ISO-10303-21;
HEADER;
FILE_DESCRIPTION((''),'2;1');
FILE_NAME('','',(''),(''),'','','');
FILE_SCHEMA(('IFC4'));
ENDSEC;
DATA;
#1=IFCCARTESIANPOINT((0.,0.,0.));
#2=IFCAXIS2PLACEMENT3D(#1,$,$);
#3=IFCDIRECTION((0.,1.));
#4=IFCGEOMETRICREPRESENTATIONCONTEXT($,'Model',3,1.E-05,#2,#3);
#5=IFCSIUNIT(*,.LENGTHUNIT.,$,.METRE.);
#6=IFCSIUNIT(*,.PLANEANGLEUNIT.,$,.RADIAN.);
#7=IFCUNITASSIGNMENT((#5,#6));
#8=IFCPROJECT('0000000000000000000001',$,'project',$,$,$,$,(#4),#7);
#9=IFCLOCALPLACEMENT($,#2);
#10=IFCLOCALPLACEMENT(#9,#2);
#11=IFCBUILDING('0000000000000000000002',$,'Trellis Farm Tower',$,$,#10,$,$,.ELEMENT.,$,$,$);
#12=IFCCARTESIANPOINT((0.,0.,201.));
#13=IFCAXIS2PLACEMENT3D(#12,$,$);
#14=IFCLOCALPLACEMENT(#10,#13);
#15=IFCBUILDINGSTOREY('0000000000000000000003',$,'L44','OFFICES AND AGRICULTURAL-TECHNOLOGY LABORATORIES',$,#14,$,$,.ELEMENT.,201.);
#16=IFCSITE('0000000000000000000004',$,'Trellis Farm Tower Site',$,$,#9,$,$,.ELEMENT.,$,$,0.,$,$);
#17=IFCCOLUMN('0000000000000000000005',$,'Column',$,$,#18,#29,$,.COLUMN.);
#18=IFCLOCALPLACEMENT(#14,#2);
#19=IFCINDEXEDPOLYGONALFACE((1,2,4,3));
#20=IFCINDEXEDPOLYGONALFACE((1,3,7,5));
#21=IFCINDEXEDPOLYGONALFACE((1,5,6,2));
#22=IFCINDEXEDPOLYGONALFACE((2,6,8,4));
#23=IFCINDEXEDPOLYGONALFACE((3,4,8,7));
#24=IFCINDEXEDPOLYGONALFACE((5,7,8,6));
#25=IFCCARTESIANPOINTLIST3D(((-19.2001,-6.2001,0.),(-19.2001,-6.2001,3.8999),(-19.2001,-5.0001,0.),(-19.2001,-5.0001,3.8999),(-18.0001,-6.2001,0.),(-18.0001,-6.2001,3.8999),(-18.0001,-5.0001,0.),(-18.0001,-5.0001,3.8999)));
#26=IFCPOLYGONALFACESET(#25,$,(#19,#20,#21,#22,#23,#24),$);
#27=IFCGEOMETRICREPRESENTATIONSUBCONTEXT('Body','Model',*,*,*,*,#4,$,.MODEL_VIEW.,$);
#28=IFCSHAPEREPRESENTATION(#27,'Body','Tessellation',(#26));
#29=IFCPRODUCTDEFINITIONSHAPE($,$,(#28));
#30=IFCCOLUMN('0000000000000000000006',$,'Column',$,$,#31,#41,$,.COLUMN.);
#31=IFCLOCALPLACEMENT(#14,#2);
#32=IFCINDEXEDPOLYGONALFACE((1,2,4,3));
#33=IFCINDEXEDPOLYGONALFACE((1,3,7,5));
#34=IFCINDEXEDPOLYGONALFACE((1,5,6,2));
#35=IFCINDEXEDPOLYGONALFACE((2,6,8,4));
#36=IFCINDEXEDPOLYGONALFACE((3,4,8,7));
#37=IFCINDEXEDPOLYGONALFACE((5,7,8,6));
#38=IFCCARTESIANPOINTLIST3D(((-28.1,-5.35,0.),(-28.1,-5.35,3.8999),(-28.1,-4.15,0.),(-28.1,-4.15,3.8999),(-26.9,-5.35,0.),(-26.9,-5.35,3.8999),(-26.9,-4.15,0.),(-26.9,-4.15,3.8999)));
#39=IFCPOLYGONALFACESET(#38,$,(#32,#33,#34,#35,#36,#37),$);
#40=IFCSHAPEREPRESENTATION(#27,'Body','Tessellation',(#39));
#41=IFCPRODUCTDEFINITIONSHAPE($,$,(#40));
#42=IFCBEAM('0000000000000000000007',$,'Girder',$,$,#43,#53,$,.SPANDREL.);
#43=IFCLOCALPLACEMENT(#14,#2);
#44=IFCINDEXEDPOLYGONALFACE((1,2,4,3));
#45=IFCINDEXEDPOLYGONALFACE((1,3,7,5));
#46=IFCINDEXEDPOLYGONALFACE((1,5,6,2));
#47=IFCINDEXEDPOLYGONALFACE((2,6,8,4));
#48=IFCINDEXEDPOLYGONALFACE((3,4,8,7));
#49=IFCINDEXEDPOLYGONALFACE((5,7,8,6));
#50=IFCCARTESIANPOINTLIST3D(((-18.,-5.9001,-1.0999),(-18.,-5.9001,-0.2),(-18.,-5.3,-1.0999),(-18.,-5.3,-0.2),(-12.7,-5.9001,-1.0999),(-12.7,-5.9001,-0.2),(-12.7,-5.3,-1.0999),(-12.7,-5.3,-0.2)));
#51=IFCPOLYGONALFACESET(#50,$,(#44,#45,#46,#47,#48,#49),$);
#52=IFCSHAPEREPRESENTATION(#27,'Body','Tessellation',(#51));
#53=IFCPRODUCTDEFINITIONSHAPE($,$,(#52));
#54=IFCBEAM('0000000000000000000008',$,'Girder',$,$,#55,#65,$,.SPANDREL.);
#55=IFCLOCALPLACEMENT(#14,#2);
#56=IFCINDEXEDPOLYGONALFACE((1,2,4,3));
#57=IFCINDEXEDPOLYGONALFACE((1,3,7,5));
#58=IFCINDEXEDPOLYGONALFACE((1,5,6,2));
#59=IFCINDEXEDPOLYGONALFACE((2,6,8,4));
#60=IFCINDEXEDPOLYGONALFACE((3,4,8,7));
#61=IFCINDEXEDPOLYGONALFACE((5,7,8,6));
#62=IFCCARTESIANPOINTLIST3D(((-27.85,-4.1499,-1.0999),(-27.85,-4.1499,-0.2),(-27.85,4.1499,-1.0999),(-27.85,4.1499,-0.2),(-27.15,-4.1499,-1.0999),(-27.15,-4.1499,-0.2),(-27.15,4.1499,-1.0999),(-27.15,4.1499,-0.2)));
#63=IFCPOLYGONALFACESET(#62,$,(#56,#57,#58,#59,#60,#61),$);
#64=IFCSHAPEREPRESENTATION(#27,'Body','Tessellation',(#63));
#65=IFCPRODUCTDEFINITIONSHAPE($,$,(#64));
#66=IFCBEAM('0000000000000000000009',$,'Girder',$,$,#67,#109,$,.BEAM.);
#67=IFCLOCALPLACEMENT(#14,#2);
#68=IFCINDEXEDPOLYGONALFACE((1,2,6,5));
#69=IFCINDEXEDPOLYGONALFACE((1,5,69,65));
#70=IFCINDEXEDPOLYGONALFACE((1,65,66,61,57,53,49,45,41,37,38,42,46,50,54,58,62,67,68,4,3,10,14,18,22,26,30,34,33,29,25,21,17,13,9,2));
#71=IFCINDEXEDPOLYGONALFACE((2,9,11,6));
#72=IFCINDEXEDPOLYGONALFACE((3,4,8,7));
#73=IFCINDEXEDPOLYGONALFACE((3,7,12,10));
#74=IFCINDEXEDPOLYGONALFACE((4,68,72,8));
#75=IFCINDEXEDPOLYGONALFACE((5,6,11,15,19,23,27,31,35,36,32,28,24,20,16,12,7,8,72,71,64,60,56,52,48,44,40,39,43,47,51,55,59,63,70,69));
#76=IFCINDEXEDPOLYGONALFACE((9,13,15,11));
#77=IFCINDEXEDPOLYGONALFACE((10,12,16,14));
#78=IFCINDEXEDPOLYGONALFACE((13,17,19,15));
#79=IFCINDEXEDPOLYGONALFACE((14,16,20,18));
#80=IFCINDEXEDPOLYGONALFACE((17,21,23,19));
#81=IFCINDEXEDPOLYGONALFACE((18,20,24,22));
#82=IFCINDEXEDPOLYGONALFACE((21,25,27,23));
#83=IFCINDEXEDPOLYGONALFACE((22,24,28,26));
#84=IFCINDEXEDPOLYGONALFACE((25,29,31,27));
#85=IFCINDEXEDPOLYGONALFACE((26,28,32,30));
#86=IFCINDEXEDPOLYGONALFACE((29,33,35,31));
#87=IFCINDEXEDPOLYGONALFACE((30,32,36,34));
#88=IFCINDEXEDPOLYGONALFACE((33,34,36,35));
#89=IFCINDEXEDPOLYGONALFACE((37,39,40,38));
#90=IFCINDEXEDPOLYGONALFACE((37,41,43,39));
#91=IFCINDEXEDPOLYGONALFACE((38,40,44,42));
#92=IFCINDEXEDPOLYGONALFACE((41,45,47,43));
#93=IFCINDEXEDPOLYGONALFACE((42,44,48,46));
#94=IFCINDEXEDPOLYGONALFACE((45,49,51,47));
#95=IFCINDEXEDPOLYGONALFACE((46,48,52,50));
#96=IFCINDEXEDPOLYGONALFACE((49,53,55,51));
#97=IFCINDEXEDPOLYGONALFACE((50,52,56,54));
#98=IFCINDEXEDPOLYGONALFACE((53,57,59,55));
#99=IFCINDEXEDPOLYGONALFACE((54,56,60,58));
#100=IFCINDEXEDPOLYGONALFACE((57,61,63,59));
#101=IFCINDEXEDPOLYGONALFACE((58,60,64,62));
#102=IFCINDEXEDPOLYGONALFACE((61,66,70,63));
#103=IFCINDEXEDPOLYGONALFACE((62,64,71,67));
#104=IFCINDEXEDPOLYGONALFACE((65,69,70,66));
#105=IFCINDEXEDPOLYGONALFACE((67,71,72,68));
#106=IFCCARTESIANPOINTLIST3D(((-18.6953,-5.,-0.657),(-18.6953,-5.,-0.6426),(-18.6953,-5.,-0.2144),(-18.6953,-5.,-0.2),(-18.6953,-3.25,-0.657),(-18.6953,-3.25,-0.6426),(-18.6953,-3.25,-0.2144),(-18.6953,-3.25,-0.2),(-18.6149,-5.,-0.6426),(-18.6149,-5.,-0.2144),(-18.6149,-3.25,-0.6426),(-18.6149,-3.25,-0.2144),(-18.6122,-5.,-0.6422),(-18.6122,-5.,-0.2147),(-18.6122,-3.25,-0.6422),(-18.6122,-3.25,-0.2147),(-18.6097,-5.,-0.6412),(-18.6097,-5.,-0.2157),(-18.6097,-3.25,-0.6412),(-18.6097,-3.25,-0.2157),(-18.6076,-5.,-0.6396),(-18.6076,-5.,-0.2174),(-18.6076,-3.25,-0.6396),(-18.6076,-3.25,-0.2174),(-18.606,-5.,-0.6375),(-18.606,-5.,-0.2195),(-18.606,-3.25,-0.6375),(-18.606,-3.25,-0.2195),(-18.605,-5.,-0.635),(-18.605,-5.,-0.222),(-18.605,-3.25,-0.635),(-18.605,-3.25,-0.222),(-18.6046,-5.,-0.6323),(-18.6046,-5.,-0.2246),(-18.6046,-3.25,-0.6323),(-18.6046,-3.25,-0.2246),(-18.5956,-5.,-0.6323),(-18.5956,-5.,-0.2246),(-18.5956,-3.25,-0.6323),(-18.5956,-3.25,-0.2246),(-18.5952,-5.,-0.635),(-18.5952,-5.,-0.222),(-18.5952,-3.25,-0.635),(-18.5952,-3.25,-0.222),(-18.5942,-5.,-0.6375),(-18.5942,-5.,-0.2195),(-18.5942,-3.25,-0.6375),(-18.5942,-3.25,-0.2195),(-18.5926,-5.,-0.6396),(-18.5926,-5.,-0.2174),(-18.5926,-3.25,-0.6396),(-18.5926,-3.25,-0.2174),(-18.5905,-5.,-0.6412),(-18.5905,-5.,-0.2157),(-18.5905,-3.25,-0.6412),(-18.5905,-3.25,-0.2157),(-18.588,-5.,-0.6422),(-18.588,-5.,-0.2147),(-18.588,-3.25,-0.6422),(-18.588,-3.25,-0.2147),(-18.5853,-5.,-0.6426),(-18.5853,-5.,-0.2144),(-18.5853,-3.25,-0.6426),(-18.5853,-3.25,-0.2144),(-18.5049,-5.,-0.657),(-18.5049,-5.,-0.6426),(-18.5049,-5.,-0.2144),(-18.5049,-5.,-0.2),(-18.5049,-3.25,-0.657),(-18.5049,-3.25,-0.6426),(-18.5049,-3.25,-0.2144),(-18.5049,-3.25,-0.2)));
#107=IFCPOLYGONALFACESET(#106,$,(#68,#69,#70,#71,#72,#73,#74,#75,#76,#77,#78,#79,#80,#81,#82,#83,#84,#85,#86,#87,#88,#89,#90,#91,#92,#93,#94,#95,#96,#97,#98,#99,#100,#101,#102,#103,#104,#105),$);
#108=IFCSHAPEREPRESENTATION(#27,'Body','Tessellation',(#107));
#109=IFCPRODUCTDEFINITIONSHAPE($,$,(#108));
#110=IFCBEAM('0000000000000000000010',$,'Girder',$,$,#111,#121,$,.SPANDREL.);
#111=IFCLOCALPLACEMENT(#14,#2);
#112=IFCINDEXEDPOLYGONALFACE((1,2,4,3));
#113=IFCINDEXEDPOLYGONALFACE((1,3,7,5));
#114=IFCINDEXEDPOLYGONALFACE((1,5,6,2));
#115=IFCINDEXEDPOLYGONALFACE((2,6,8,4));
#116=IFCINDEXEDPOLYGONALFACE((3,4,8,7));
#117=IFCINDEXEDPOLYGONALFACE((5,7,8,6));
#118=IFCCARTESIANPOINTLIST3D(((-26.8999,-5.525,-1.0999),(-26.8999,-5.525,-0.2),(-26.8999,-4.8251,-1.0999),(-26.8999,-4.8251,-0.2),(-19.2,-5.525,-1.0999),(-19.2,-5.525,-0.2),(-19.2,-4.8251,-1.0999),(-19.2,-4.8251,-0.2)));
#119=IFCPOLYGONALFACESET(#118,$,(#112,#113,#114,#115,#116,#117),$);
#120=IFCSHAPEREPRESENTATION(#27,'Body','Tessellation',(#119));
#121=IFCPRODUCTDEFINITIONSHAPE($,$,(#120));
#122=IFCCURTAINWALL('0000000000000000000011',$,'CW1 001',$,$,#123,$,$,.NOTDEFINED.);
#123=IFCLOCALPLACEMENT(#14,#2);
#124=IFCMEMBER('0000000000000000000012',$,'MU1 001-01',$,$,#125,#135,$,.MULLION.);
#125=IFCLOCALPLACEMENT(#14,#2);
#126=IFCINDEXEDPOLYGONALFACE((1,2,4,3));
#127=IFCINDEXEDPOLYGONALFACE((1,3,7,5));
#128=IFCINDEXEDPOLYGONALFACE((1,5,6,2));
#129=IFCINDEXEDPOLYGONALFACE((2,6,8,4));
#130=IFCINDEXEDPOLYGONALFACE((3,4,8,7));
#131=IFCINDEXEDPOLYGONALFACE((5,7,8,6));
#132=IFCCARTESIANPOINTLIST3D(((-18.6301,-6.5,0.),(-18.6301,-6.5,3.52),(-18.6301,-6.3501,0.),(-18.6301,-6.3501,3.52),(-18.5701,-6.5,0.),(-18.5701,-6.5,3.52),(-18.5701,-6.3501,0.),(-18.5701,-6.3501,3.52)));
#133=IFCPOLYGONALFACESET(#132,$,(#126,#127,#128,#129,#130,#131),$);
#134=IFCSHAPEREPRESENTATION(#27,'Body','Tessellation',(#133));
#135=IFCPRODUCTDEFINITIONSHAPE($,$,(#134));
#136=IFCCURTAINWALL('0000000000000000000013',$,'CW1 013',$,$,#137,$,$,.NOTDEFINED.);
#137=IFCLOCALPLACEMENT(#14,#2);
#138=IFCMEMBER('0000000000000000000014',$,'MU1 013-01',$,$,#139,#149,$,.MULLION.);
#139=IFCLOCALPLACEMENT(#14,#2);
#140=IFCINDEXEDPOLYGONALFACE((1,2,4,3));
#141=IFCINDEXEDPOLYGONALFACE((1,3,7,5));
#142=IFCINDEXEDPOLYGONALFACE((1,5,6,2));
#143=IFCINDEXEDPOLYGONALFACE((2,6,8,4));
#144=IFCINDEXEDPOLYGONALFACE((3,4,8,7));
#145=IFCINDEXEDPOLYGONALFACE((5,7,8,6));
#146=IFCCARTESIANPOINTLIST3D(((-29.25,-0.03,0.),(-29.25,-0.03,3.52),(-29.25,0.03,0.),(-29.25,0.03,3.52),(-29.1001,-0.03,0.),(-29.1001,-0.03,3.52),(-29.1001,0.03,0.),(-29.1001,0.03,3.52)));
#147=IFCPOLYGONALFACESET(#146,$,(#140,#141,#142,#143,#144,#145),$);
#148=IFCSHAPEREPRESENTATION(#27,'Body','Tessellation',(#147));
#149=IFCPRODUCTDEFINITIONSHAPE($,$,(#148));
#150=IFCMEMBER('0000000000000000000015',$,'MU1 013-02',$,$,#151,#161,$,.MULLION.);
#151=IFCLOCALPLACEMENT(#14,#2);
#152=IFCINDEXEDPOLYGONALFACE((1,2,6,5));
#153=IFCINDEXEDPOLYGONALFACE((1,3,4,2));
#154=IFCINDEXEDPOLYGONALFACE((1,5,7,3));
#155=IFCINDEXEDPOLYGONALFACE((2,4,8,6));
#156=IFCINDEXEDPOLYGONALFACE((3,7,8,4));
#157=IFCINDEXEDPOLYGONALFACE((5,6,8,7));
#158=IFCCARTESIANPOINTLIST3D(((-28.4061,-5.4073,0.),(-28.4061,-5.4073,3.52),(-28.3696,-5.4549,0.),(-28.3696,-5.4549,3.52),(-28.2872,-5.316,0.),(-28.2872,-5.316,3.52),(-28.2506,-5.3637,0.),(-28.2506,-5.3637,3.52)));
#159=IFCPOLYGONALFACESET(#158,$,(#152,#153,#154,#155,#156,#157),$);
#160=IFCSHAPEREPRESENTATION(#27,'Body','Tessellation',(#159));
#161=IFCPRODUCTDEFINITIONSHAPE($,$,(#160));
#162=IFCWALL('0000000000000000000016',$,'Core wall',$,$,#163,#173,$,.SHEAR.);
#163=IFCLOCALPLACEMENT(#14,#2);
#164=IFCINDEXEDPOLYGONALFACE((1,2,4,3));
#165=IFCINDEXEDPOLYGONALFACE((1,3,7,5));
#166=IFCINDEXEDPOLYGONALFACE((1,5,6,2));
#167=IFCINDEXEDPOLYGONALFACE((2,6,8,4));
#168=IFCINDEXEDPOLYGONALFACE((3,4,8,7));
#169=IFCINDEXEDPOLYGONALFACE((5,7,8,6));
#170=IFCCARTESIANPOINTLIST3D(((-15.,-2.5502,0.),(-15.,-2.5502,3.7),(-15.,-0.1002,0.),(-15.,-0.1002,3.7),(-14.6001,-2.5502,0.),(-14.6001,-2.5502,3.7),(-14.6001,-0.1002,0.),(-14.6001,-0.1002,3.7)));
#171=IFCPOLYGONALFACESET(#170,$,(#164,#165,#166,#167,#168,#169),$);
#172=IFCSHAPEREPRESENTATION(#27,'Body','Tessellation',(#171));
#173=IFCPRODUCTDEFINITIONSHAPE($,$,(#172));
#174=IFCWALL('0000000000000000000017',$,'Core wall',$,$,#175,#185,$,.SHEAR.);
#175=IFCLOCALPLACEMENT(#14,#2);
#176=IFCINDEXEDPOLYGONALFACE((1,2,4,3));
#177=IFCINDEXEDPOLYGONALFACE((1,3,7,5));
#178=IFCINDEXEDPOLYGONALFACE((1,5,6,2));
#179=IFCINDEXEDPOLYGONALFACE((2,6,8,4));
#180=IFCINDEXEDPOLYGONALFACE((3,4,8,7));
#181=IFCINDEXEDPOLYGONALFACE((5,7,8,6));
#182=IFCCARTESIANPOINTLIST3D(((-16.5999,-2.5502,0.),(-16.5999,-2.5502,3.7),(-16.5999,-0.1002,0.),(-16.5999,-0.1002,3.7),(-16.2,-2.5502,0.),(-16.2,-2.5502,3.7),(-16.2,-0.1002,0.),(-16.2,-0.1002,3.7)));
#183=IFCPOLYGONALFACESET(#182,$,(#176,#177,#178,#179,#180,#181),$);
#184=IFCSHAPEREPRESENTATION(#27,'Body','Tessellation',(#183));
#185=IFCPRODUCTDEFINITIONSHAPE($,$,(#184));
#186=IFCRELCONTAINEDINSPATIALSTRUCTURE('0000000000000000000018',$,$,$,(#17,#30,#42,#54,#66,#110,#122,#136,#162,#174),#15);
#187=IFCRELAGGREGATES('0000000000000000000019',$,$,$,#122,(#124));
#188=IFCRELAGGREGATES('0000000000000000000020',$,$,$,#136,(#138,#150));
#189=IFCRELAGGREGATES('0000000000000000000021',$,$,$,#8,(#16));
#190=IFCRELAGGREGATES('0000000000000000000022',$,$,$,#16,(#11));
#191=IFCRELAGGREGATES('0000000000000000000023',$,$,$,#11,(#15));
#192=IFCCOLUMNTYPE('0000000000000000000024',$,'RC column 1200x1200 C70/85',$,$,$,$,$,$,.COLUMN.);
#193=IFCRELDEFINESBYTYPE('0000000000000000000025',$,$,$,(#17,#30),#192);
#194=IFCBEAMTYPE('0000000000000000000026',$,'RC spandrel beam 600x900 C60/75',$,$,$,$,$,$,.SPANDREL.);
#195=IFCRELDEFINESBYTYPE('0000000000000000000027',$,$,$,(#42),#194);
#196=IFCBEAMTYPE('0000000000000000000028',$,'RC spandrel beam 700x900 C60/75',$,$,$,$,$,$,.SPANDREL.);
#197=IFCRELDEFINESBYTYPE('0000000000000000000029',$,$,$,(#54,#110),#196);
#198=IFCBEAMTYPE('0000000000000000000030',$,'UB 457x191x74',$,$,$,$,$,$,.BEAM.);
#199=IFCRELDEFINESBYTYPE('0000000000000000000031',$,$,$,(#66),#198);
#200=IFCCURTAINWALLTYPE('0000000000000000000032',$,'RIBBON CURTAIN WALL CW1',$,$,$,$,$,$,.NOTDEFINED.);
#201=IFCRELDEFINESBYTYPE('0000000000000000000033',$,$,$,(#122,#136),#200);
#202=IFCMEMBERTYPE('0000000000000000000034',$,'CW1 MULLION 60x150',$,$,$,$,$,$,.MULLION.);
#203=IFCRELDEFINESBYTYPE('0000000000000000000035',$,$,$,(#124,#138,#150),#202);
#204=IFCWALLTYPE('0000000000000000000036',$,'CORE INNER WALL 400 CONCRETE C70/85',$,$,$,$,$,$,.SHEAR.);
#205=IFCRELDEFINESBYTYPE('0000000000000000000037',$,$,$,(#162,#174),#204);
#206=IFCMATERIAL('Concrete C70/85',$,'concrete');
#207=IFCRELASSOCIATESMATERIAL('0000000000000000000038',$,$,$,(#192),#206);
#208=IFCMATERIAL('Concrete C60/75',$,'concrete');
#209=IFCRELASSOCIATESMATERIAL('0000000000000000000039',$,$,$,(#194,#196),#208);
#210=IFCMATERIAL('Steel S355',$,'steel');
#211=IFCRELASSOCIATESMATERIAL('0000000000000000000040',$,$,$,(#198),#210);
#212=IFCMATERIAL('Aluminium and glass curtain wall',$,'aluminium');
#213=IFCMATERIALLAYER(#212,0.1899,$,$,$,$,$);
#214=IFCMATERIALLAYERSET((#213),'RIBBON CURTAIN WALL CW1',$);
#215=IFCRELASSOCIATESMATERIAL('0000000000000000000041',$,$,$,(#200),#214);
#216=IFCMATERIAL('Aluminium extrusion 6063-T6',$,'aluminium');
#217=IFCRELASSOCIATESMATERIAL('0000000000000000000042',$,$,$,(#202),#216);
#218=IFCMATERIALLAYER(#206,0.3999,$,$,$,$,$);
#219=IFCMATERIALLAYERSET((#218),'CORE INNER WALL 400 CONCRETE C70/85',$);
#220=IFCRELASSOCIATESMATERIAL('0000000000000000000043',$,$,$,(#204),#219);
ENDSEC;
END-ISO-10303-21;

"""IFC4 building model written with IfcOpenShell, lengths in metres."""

from ifc_helpers import new_model, si_unit, direction, frame, frame_2d, origin, origin_2d, place, context, subcontext, project, spatial, rectangle, i_section, extrude, source, transform, mapped, material, layer, layer_set, material_profile, profile_set, type_object, element, aggregate, save


model = new_model("IFC4")

# Units and contexts
model_context = context("Model", 3, precision=1e-05, world=origin(), true_north=direction((0.0, 1.0)))
body_context = subcontext(model_context, "Body", "Model", "MODEL_VIEW")
ifc_project = project(units=[si_unit("LENGTHUNIT", "METRE"), si_unit("PLANEANGLEUNIT", "RADIAN")], contexts=[model_context])

# Site, building, storey
site_placement = place(None, origin())
site = spatial("IfcSite", under=ifc_project, at=site_placement, Name="Trellis Farm Tower Site", CompositionType="ELEMENT", RefElevation=0.0)
building_placement = place(site_placement, origin())
building = spatial("IfcBuilding", under=site, at=building_placement, Name="Trellis Farm Tower", CompositionType="ELEMENT")
storey_placement = place(building_placement, frame((0.0, 0.0, 201.0)))
storey = spatial("IfcBuildingStorey", under=building, at=storey_placement, Name="L44", Description="OFFICES AND AGRICULTURAL-TECHNOLOGY LABORATORIES", CompositionType="ELEMENT", Elevation=201.0)

# Columns
ifc_material_1 = material(Name="Concrete C70/85", Category="concrete")
ifc_material_profile_1 = material_profile(ifc_material_1, rectangle(XDim=1.2, YDim=1.2, at=origin_2d()), Name="RC column 1200x1200 C70/85")
ifc_profile_set_1 = profile_set([ifc_material_profile_1], Name="Concrete C70/85")
column_type = type_object("IfcColumnType", Name="RC column 1200x1200 C70/85", PredefinedType="COLUMN", material=ifc_profile_set_1)
shared_shape_1 = source(origin(), body_context, "Body", "SweptSolid", [
    extrude(rectangle(XDim=1.2, YDim=1.2, at=origin_2d()), origin(), (0.0, 0.0, 1.0), 3.8999),
])
for number, where, z_axis, x_axis, name in (
    (1, (-18.6001, -5.6001, 0.0), (0.0, 0.0, 1.0), (1.0, 0.0, 0.0), "Column"),
    (2, (-27.5, -4.75, 0.0), (0.0, 0.0, 1.0), (1.0, 0.0, 0.0), "Column"),
):
    element("IfcColumn", number, at=place(storey_placement, frame(where, z_axis=z_axis, x_axis=x_axis)), inside=storey, type_object=column_type, Name=name, PredefinedType="COLUMN", context=body_context, shape_type="MappedRepresentation", body=[
        mapped(shared_shape_1, transform((0.0, 0.0, 0.0))),
    ])

# Beams
ifc_material_2 = material(Name="Concrete C60/75", Category="concrete")
ifc_material_profile_2 = material_profile(ifc_material_2, rectangle(XDim=0.6001, YDim=0.8999, at=origin_2d()), Name="RC spandrel beam 600x900 C60/75")
ifc_profile_set_2 = profile_set([ifc_material_profile_2], Name="Concrete C60/75")
beam_type_1 = type_object("IfcBeamType", Name="RC spandrel beam 600x900 C60/75", PredefinedType="SPANDREL", material=ifc_profile_set_2)
shared_shape_2 = source(origin(), body_context, "Body", "SweptSolid", [
    extrude(rectangle(XDim=0.6001, YDim=0.8999, at=origin_2d()), origin(), (0.0, 0.0, 1.0), 5.3),
])
beam_1_placement = place(storey_placement, frame((-18.0, -5.6001, -0.6499), z_axis=(1.0, 0.0, 0.0), x_axis=(0.0, 1.0, 0.0)))
element("IfcBeam", 3, at=beam_1_placement, inside=storey, type_object=beam_type_1, Name="Girder", PredefinedType="SPANDREL", context=body_context, shape_type="MappedRepresentation", body=[
    mapped(shared_shape_2, transform((0.0, 0.0, 0.0))),
])
ifc_material_profile_3 = material_profile(ifc_material_2, rectangle(XDim=0.7, YDim=0.8999, at=origin_2d()), Name="RC spandrel beam 700x900 C60/75")
ifc_profile_set_3 = profile_set([ifc_material_profile_3], Name="Concrete C60/75")
beam_type_2 = type_object("IfcBeamType", Name="RC spandrel beam 700x900 C60/75", PredefinedType="SPANDREL", material=ifc_profile_set_3)
shared_shape_3 = source(origin(), body_context, "Body", "SweptSolid", [
    extrude(rectangle(XDim=0.7, YDim=0.8999, at=origin_2d()), origin(), (0.0, 0.0, 1.0), 8.2998),
])
beam_2_placement = place(storey_placement, frame((-27.5, -4.1499, -0.6499), z_axis=(0.0, 1.0, 0.0), x_axis=(-1.0, 0.0, 0.0)))
element("IfcBeam", 4, at=beam_2_placement, inside=storey, type_object=beam_type_2, Name="Girder", PredefinedType="SPANDREL", context=body_context, shape_type="MappedRepresentation", body=[
    mapped(shared_shape_3, transform((0.0, 0.0, 0.0))),
])
ifc_material_3 = material(Name="Steel S355", Category="steel")
ifc_material_profile_4 = material_profile(ifc_material_3, i_section(OverallWidth=0.1904, OverallDepth=0.457, WebThickness=0.009, FlangeThickness=0.0144, FilletRadius=0.0103, at=origin_2d()), Name="UB 457x191x74")
ifc_profile_set_4 = profile_set([ifc_material_profile_4], Name="Steel S355")
beam_type_3 = type_object("IfcBeamType", Name="UB 457x191x74", PredefinedType="BEAM", material=ifc_profile_set_4)
shared_shape_4 = source(origin(), body_context, "Body", "SweptSolid", [
    extrude(i_section(OverallWidth=0.1904, OverallDepth=0.457, WebThickness=0.009, FlangeThickness=0.0144, FilletRadius=0.0103, at=origin_2d()), origin(), (0.0, 0.0, 1.0), 1.75),
])
beam_3_placement = place(storey_placement, frame((-18.6001, -5.0, -0.4285), z_axis=(0.0, 1.0, 0.0), x_axis=(-1.0, 0.0, 0.0)))
element("IfcBeam", 5, at=beam_3_placement, inside=storey, type_object=beam_type_3, Name="Girder", PredefinedType="BEAM", context=body_context, shape_type="MappedRepresentation", body=[
    mapped(shared_shape_4, transform((0.0, 0.0, 0.0))),
])
shared_shape_5 = source(origin(), body_context, "Body", "SweptSolid", [
    extrude(rectangle(XDim=0.7, YDim=0.8999, at=origin_2d()), origin(), (0.0, 0.0, 1.0), 7.7),
])
beam_4_placement = place(storey_placement, frame((-26.8999, -5.175, -0.6499), z_axis=(1.0, 0.0, 0.0), x_axis=(0.0, 1.0, 0.0)))
element("IfcBeam", 6, at=beam_4_placement, inside=storey, type_object=beam_type_2, Name="Girder", PredefinedType="SPANDREL", context=body_context, shape_type="MappedRepresentation", body=[
    mapped(shared_shape_5, transform((0.0, 0.0, 0.0))),
])

# Curtain wall, member
ifc_material_4 = material(Name="Aluminium and glass curtain wall", Category="aluminium")
ifc_layer_1 = layer(ifc_material_4, 0.1899)
ifc_layer_set_1 = layer_set([ifc_layer_1], Name="RIBBON CURTAIN WALL CW1")
curtain_wall_type = type_object("IfcCurtainWallType", Name="RIBBON CURTAIN WALL CW1", PredefinedType="NOTDEFINED", material=ifc_layer_set_1)
placement = place(storey_placement, origin())
curtain_wall_1 = element("IfcCurtainWall", 7, at=placement, inside=storey, type_object=curtain_wall_type, Name="CW1 001", PredefinedType="NOTDEFINED")
ifc_material_5 = material(Name="Aluminium extrusion 6063-T6", Category="aluminium")
ifc_material_profile_5 = material_profile(ifc_material_5, rectangle(XDim=0.0601, YDim=0.1499, at=origin_2d()), Name="MULLION 60x150")
ifc_profile_set_5 = profile_set([ifc_material_profile_5], Name="Aluminium extrusion 6063-T6")
member_type = type_object("IfcMemberType", Name="CW1 MULLION 60x150", PredefinedType="MULLION", material=ifc_profile_set_5)
shared_shape_6 = source(origin(), body_context, "Body", "SweptSolid", [
    extrude(rectangle(XDim=0.0601, YDim=0.1499, at=origin_2d()), origin(), (0.0, 0.0, 1.0), 3.52),
])
member_1_placement = place(storey_placement, frame((-18.6001, -6.425, 0.0), z_axis=(0.0, 0.0, 1.0), x_axis=(1.0, 0.0, 0.0)))
member_1 = element("IfcMember", 8, at=member_1_placement, type_object=member_type, Name="MU1 001-01", PredefinedType="MULLION", context=body_context, shape_type="MappedRepresentation", body=[
    mapped(shared_shape_6, transform((0.0, 0.0, 0.0))),
])
aggregate(curtain_wall_1, [member_1])

# Curtain wall, members
curtain_wall_2 = element("IfcCurtainWall", 9, at=placement, inside=storey, type_object=curtain_wall_type, Name="CW1 013", PredefinedType="NOTDEFINED")
member_2_placement = place(storey_placement, frame((-29.175, 0.0, 0.0), z_axis=(0.0, 0.0, 1.0), x_axis=(0.0, -1.0, 0.0)))
member_2 = element("IfcMember", 10, at=member_2_placement, type_object=member_type, Name="MU1 013-01", PredefinedType="MULLION", context=body_context, shape_type="MappedRepresentation", body=[
    mapped(shared_shape_6, transform((0.0, 0.0, 0.0))),
])
member_3_placement = place(storey_placement, frame((-28.3284, -5.3855, 0.0), z_axis=(0.0, 0.0, 1.0), x_axis=(0.608761, -0.793353, 0.0)))
member_3 = element("IfcMember", 11, at=member_3_placement, type_object=member_type, Name="MU1 013-02", PredefinedType="MULLION", context=body_context, shape_type="MappedRepresentation", body=[
    mapped(shared_shape_6, transform((0.0, 0.0, 0.0))),
])
aggregate(curtain_wall_2, [member_2, member_3])

# Walls
ifc_layer_2 = layer(ifc_material_1, 0.3999)
ifc_layer_set_2 = layer_set([ifc_layer_2], Name="CORE INNER WALL 400 CONCRETE C70/85")
wall_type_1 = type_object("IfcWallType", Name="CORE INNER WALL 400 CONCRETE C70/85", PredefinedType="SHEAR", material=ifc_layer_set_2)
shared_shape_7 = source(origin(), body_context, "Body", "SweptSolid", [
    extrude(rectangle(XDim=2.45, YDim=0.3999, at=frame_2d((1.2251, 0.0))), origin(), (0.0, 0.0, 1.0), 3.7),
])
for number, where, z_axis, x_axis, name in (
    (12, (-14.8, -0.1001, 0.0), (0.0, 0.0, 1.0), (0.0, -1.0, 0.0), "Core wall"),
    (13, (-16.3999, -0.1001, 0.0), (0.0, 0.0, 1.0), (0.0, -1.0, 0.0), "Core wall"),
):
    element("IfcWall", number, at=place(storey_placement, frame(where, z_axis=z_axis, x_axis=x_axis)), inside=storey, type_object=wall_type_1, Name=name, PredefinedType="SHEAR", context=body_context, shape_type="MappedRepresentation", body=[
        mapped(shared_shape_7, transform((0.0, 0.0, 0.0))),
    ])

save(model, "model.ifc")
